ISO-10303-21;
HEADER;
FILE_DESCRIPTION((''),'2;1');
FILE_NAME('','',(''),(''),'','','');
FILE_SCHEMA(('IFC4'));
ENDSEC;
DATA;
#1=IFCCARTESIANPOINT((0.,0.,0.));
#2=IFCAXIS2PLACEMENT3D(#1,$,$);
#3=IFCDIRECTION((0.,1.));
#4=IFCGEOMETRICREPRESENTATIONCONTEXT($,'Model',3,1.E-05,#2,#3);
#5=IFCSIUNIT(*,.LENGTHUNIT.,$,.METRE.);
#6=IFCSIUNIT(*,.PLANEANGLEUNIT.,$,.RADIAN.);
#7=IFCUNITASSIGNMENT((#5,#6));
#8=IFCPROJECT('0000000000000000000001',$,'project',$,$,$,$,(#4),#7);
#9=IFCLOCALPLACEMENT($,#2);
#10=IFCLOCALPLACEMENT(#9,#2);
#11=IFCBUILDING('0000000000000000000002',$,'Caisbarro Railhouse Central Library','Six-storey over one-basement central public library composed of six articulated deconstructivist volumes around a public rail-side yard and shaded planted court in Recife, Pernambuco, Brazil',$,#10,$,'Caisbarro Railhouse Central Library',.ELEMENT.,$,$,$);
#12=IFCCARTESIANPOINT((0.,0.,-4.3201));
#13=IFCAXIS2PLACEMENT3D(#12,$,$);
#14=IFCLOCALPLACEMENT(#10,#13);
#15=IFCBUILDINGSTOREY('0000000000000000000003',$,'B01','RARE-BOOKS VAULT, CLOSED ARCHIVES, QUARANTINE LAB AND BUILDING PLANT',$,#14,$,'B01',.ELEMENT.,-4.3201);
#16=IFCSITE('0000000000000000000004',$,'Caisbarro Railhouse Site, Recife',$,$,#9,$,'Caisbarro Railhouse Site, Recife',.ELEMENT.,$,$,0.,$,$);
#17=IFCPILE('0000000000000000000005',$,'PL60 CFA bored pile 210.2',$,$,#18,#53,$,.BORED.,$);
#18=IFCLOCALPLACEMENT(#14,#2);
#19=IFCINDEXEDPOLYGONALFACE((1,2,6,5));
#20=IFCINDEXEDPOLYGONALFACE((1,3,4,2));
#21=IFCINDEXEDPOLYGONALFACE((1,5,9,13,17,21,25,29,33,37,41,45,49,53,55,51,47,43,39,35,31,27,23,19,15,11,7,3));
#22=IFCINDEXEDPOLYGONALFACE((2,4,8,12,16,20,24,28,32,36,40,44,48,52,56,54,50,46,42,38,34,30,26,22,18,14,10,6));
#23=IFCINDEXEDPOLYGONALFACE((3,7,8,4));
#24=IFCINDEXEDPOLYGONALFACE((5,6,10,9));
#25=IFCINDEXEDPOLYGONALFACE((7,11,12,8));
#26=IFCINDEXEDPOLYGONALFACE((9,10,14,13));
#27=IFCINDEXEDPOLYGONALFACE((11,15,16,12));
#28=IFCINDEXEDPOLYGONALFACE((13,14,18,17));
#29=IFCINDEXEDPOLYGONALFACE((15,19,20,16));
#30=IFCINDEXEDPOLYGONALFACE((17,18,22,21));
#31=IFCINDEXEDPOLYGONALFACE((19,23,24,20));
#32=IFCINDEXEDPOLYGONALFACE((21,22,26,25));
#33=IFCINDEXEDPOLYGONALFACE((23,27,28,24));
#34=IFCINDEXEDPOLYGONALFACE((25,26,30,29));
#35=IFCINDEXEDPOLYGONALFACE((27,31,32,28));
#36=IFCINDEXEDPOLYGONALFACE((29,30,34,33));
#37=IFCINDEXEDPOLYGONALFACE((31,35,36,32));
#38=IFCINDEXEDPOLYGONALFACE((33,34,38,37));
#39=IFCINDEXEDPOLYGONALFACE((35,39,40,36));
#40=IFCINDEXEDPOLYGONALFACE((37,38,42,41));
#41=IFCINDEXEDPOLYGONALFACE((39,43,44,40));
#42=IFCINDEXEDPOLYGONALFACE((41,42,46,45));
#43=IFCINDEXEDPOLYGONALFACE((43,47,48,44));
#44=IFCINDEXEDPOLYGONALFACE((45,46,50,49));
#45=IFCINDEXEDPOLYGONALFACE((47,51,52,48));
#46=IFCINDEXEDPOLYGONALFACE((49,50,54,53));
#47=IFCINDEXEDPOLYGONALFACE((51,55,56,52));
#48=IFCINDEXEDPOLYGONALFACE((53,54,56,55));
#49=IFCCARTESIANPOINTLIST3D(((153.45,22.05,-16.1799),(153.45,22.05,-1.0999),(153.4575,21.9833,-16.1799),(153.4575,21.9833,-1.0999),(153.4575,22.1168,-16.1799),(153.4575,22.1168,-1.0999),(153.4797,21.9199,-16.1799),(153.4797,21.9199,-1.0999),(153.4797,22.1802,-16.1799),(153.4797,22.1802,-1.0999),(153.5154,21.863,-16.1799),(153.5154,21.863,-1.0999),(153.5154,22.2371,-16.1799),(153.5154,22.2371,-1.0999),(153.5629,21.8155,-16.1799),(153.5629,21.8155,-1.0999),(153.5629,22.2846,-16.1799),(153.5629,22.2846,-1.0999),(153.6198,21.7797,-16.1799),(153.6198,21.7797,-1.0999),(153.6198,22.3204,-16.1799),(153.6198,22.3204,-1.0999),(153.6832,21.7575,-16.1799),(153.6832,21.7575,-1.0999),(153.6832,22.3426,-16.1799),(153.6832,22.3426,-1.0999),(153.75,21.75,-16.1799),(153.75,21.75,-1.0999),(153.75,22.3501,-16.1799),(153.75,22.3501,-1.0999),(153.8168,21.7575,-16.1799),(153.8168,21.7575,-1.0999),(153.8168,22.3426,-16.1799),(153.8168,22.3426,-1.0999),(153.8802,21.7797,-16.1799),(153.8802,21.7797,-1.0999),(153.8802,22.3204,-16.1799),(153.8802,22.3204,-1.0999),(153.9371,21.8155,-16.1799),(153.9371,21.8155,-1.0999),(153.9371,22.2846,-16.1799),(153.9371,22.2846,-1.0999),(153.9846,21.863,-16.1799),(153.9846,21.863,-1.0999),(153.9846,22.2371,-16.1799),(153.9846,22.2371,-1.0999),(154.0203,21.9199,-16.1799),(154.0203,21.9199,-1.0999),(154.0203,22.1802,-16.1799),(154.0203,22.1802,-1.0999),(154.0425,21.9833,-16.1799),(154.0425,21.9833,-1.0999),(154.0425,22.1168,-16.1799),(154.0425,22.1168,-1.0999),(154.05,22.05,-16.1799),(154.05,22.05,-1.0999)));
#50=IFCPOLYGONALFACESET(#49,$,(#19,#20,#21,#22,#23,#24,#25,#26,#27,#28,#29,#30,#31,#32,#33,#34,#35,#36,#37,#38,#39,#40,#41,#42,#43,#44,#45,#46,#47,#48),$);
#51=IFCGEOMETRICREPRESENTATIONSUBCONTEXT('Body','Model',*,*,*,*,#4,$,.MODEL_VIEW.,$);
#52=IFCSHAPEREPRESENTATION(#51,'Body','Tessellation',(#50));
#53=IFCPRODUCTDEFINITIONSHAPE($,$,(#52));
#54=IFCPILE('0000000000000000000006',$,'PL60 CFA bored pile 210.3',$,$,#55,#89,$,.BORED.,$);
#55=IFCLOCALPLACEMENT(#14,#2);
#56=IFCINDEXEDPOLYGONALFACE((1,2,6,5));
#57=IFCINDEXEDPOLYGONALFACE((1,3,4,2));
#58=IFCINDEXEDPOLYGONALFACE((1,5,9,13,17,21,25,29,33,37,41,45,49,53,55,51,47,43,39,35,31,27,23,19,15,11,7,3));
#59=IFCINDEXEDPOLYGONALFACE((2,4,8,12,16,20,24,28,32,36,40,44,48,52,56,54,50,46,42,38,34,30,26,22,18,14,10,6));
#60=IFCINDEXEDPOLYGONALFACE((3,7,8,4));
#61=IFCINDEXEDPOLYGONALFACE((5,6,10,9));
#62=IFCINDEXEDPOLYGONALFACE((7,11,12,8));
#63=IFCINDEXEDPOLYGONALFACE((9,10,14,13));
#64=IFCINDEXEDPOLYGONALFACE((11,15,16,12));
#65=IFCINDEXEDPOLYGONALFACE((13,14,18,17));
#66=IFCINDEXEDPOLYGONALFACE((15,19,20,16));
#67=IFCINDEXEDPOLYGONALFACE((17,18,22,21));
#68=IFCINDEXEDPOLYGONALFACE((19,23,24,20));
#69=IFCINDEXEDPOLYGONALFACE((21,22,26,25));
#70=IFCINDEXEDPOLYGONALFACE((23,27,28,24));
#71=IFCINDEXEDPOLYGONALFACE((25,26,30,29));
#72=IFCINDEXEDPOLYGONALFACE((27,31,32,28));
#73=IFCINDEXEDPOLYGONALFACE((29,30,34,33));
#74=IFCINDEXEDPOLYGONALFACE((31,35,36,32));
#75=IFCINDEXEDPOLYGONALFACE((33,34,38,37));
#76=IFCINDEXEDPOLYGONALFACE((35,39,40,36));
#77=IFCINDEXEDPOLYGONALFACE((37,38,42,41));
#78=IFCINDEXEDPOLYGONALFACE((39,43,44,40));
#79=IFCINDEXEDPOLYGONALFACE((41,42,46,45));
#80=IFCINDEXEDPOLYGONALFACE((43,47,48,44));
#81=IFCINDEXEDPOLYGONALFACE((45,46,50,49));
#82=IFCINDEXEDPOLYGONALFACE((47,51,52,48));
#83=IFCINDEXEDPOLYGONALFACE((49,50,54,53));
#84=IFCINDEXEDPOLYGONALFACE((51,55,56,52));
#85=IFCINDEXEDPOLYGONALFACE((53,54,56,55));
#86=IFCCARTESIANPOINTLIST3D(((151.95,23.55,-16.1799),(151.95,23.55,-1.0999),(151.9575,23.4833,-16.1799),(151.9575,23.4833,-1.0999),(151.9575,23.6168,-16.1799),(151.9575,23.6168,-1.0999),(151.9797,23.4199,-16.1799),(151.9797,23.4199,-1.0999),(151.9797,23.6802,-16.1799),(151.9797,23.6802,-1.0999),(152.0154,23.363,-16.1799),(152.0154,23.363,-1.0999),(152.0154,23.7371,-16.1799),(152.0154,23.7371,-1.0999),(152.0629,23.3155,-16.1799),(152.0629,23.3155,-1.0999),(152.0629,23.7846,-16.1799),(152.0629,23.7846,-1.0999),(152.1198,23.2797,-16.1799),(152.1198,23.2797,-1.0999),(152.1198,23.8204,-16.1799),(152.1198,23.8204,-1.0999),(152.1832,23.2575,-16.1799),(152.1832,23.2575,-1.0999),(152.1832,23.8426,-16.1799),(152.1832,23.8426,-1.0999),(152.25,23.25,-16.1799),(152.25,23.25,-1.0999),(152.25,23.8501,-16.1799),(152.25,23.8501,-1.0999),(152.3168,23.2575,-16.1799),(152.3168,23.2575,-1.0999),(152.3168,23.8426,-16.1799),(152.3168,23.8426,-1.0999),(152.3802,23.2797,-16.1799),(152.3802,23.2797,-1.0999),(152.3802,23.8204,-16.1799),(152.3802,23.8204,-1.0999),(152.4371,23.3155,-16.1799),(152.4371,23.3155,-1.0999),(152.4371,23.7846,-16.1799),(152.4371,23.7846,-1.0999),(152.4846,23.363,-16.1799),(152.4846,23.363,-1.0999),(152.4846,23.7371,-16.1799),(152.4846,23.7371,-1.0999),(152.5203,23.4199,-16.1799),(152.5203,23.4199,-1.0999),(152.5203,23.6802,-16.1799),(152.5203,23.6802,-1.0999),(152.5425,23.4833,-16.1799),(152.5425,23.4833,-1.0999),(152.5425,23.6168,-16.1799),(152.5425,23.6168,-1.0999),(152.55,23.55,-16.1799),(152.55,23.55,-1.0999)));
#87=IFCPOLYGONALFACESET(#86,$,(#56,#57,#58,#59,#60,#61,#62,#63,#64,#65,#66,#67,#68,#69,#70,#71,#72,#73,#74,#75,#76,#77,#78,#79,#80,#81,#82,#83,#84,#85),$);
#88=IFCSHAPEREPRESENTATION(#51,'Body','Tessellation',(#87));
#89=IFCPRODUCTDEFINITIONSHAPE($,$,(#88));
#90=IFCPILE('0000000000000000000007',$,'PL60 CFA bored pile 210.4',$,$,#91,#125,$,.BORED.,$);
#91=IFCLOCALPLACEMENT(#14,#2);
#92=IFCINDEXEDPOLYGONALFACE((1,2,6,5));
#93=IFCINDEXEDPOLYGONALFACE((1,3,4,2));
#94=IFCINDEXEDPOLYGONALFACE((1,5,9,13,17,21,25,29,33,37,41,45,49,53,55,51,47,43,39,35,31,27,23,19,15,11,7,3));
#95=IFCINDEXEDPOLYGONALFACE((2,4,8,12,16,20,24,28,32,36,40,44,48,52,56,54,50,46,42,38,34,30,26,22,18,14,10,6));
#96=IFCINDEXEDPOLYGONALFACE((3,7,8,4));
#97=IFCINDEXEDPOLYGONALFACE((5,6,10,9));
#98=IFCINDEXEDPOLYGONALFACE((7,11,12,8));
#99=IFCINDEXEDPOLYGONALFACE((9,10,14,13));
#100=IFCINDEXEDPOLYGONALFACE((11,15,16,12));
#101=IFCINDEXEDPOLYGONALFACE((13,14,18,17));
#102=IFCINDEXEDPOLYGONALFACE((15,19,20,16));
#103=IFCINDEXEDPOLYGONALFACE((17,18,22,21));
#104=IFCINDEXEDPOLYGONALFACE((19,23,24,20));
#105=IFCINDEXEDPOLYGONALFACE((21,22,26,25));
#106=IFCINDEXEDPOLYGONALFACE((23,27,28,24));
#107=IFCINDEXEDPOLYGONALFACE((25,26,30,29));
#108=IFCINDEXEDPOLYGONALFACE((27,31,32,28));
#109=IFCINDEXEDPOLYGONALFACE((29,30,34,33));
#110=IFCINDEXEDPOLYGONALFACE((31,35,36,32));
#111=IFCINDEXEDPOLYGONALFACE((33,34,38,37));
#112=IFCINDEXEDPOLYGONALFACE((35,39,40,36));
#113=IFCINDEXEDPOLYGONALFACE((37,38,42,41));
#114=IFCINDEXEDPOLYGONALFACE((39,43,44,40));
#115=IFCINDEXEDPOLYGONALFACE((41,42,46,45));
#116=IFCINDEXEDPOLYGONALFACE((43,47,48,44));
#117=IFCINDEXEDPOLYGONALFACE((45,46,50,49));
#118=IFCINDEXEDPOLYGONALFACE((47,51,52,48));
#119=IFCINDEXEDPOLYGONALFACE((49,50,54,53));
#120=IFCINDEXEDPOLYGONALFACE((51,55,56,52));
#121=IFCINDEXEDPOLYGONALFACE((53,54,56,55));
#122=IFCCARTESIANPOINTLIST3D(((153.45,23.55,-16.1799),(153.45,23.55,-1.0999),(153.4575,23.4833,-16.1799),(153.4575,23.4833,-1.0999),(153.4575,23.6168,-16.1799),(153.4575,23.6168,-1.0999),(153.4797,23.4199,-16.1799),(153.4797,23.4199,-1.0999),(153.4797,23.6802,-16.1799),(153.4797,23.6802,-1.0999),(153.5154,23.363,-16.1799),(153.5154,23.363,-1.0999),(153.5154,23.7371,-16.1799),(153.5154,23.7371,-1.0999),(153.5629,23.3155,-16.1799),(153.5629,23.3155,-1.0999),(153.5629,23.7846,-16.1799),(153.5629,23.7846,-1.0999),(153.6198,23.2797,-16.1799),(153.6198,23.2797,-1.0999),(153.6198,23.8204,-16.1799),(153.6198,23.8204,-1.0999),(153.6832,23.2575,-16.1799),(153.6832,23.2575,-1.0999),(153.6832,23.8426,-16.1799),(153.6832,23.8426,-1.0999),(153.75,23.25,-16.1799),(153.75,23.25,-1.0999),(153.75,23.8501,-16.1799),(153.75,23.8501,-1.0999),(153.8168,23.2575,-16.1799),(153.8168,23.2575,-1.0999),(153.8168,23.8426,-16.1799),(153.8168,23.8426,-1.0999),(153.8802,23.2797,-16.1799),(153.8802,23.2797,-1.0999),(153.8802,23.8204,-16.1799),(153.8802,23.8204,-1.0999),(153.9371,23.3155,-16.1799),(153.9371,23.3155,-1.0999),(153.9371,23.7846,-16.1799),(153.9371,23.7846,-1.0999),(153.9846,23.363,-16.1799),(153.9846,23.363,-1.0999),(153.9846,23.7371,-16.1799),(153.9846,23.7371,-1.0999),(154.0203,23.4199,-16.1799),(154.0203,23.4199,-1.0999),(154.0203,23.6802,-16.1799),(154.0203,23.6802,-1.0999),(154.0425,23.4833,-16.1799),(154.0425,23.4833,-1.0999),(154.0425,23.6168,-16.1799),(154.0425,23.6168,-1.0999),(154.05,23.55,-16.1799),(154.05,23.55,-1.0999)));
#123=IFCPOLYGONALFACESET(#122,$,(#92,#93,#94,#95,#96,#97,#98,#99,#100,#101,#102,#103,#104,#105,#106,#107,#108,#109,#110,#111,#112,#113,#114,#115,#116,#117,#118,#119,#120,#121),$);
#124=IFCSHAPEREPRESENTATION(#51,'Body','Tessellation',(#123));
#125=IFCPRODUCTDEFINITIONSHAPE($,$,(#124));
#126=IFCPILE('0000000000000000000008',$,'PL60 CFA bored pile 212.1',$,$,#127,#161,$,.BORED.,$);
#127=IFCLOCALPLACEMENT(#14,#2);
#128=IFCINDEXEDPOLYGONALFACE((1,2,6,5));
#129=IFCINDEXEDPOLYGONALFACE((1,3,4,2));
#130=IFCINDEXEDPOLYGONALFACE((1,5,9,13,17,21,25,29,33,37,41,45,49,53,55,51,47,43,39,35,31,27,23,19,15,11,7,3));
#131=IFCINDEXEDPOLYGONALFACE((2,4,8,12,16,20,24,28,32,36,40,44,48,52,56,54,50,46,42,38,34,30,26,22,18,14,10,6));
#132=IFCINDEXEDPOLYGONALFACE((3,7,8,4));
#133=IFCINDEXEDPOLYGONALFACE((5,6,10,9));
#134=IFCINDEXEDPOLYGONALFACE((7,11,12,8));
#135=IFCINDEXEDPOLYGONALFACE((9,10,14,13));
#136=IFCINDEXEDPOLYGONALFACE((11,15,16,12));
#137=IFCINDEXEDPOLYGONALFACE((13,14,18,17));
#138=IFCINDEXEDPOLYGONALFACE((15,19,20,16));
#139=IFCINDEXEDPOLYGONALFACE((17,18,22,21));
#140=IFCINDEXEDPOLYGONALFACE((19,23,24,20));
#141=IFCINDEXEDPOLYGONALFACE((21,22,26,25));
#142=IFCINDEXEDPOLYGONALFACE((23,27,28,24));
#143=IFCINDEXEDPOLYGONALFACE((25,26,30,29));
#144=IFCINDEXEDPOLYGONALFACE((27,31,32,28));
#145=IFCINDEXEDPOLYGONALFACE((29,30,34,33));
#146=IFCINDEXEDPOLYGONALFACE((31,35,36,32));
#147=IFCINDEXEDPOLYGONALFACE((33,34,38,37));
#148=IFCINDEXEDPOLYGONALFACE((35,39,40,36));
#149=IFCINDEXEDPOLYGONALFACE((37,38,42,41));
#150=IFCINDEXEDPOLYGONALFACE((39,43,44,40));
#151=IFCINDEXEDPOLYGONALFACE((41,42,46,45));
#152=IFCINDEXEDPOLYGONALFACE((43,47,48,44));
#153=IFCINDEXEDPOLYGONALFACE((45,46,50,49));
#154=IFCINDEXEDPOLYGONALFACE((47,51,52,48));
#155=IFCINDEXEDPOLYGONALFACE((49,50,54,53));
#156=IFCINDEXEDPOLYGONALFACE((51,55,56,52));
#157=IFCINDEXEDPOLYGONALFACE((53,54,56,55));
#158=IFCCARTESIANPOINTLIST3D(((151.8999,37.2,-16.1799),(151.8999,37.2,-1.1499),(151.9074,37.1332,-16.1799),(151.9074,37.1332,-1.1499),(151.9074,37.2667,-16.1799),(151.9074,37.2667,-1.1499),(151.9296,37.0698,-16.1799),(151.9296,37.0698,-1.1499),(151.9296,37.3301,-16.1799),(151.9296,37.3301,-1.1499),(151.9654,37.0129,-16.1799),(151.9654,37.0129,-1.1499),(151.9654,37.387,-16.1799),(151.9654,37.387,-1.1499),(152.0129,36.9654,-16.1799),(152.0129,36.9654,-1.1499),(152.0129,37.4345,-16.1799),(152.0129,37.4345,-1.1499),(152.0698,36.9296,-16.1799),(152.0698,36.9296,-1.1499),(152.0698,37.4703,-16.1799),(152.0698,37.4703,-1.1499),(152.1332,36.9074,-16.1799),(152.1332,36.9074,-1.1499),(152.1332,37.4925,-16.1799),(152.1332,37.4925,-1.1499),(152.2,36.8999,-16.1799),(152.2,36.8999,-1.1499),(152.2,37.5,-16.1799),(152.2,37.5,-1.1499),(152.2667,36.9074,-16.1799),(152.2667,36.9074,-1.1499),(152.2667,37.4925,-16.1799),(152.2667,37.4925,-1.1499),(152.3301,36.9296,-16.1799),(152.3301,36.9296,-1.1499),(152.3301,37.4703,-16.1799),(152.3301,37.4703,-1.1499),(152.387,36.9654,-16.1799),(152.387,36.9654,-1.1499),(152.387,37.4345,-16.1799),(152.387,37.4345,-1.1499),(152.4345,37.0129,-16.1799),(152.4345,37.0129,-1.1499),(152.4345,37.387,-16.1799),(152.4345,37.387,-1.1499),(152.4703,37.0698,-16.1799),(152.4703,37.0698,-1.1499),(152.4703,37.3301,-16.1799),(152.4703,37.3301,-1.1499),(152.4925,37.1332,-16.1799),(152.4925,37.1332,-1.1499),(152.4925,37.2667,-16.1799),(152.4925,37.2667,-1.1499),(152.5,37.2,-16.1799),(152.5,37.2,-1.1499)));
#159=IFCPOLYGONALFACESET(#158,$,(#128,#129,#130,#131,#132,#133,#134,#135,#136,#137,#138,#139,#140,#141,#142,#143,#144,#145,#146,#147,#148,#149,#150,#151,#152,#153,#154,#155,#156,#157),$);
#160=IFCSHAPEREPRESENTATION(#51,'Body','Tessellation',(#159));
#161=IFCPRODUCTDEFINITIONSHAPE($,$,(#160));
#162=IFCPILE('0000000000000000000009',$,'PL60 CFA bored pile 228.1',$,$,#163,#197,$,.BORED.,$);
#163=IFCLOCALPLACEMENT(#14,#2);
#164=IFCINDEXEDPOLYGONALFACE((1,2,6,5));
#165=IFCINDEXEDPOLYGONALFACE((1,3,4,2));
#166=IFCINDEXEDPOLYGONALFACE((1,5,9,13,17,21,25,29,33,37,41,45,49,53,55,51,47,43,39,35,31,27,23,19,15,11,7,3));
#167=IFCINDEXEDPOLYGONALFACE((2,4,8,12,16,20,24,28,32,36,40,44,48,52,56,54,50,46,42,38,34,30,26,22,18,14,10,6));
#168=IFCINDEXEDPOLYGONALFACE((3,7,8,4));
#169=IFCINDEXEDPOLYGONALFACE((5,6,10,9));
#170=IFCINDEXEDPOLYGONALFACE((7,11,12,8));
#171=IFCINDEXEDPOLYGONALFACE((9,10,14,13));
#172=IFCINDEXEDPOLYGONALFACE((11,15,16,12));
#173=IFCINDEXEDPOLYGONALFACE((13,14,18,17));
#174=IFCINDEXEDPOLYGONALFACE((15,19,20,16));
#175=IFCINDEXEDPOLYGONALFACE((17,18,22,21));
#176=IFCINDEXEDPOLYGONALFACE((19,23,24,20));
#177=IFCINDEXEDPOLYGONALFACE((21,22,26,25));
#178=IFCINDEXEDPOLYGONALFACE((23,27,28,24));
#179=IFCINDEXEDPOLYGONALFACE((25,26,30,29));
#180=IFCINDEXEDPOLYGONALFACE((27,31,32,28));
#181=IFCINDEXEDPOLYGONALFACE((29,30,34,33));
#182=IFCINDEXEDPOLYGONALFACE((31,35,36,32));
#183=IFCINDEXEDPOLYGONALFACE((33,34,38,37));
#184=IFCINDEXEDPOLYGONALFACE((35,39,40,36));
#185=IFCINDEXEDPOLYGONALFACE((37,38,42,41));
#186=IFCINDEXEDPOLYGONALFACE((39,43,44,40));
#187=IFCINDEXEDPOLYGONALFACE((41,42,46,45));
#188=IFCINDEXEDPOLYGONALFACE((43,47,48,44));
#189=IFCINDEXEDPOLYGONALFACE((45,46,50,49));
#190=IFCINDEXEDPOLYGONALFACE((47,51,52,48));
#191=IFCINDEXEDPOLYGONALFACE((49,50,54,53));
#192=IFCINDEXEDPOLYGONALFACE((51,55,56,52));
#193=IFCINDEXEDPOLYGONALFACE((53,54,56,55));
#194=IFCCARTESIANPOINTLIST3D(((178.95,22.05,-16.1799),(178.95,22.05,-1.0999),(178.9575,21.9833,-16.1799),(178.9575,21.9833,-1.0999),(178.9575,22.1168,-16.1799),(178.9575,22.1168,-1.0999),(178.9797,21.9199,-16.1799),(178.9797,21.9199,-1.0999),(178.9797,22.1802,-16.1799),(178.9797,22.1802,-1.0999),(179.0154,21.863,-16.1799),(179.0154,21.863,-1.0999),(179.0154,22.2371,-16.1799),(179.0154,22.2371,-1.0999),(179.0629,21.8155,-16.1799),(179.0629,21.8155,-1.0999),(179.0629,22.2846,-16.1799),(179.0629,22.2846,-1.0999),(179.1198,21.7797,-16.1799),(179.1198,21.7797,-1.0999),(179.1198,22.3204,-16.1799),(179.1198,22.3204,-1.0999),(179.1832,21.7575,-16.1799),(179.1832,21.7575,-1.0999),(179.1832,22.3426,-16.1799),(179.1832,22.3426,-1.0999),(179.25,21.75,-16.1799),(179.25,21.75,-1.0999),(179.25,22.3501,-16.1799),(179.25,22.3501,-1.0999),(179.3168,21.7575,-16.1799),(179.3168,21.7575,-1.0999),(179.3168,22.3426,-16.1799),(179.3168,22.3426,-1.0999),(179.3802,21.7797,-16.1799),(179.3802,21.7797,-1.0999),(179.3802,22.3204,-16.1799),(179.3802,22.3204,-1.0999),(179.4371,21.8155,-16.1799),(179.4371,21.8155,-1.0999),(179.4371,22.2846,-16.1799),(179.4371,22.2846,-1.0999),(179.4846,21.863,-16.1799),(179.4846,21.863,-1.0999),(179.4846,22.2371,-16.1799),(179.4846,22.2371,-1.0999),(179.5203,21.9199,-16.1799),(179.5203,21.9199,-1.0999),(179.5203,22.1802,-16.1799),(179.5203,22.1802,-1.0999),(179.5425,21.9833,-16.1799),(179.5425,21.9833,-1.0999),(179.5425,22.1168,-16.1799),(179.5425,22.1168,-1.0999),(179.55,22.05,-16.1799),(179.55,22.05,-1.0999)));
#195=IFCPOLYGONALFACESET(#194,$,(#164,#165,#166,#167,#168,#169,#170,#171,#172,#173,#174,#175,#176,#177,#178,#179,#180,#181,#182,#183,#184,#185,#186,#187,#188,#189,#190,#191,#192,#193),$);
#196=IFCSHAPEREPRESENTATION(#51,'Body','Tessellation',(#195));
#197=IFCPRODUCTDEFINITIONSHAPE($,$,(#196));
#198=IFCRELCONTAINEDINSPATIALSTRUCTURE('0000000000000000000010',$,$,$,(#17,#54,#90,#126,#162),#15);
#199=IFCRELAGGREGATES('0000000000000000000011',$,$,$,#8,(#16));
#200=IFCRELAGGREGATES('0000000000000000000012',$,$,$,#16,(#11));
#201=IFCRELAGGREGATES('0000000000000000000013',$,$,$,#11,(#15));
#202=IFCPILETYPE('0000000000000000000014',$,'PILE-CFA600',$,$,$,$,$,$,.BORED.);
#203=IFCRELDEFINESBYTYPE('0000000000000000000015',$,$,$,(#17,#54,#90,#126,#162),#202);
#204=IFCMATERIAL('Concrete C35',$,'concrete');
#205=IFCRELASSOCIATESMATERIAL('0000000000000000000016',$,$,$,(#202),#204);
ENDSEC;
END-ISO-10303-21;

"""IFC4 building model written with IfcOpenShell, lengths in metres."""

from ifc_helpers import new_model, si_unit, direction, frame, origin, origin_2d, place, context, subcontext, project, spatial, circle, extrude, material, material_profile, profile_set, type_object, element, save


model = new_model("IFC4")

# Units and contexts
model_context = context("Model", 3, precision=1e-05, world=origin(), true_north=direction((0.0, 1.0)))
body_context = subcontext(model_context, "Body", "Model", "MODEL_VIEW")
ifc_project = project(units=[si_unit("LENGTHUNIT", "METRE"), si_unit("PLANEANGLEUNIT", "RADIAN")], contexts=[model_context])

# Site, building, storey
site_placement = place(None, origin())
site = spatial("IfcSite", under=ifc_project, at=site_placement, Name="Caisbarro Railhouse Site, Recife", LongName="Caisbarro Railhouse Site, Recife", CompositionType="ELEMENT", RefElevation=0.0)
building_placement = place(site_placement, origin())
building = spatial("IfcBuilding", under=site, at=building_placement, Name="Caisbarro Railhouse Central Library", Description="Six-storey over one-basement central public library composed of six articulated deconstructivist volumes around a public rail-side yard and shaded planted court in Recife, Pernambuco, Brazil", LongName="Caisbarro Railhouse Central Library", CompositionType="ELEMENT")
storey_placement = place(building_placement, frame((0.0, 0.0, -4.3201)))
storey = spatial("IfcBuildingStorey", under=building, at=storey_placement, Name="B01", Description="RARE-BOOKS VAULT, CLOSED ARCHIVES, QUARANTINE LAB AND BUILDING PLANT", LongName="B01", CompositionType="ELEMENT", Elevation=-4.3201)

# Shared definitions
ifc_material_1 = material(Name="Concrete C35", Category="concrete")

# Piles
ifc_material_profile_1 = material_profile(ifc_material_1, circle(Radius=0.3, at=origin_2d()), Name="PILE-CFA-600")
ifc_profile_set_1 = profile_set([ifc_material_profile_1], Name="Concrete C35")
pile_type_1 = type_object("IfcPileType", Name="PILE-CFA600", PredefinedType="BORED", material=ifc_profile_set_1)
for number, where, z_axis, x_axis, name in (
    (1, (153.75, 22.05, -1.0999), (0.0, 0.0, -1.0), (1.0, 0.0, 0.0), "PL60 CFA bored pile 210.2"),
    (2, (152.25, 23.55, -1.0999), (0.0, 0.0, -1.0), (1.0, 0.0, 0.0), "PL60 CFA bored pile 210.3"),
    (3, (153.75, 23.55, -1.0999), (0.0, 0.0, -1.0), (1.0, 0.0, 0.0), "PL60 CFA bored pile 210.4"),
):
    element("IfcPile", number, at=place(storey_placement, frame(where, z_axis=z_axis, x_axis=x_axis)), inside=storey, type_object=pile_type_1, Name=name, PredefinedType="BORED", context=body_context, shape_type="SweptSolid", body=[
        extrude(circle(Radius=0.3, at=origin_2d()), origin(), (0.0, 0.0, 1.0), 15.0801),
    ])
pile_placement = place(storey_placement, frame((152.2, 37.2, -1.1499), z_axis=(0.0, 0.0, -1.0), x_axis=(1.0, 0.0, 0.0)))
element("IfcPile", 4, at=pile_placement, inside=storey, type_object=pile_type_1, Name="PL60 CFA bored pile 212.1", PredefinedType="BORED", context=body_context, shape_type="SweptSolid", body=[
    extrude(circle(Radius=0.3, at=origin_2d()), origin(), (0.0, 0.0, 1.0), 15.03),
])
for number, where, z_axis, x_axis, name in (
    (5, (179.25, 22.05, -1.0999), (0.0, 0.0, -1.0), (1.0, 0.0, 0.0), "PL60 CFA bored pile 228.1"),
):
    element("IfcPile", number, at=place(storey_placement, frame(where, z_axis=z_axis, x_axis=x_axis)), inside=storey, type_object=pile_type_1, Name=name, PredefinedType="BORED", context=body_context, shape_type="SweptSolid", body=[
        extrude(circle(Radius=0.3, at=origin_2d()), origin(), (0.0, 0.0, 1.0), 15.0801),
    ])

save(model, "model.ifc")
